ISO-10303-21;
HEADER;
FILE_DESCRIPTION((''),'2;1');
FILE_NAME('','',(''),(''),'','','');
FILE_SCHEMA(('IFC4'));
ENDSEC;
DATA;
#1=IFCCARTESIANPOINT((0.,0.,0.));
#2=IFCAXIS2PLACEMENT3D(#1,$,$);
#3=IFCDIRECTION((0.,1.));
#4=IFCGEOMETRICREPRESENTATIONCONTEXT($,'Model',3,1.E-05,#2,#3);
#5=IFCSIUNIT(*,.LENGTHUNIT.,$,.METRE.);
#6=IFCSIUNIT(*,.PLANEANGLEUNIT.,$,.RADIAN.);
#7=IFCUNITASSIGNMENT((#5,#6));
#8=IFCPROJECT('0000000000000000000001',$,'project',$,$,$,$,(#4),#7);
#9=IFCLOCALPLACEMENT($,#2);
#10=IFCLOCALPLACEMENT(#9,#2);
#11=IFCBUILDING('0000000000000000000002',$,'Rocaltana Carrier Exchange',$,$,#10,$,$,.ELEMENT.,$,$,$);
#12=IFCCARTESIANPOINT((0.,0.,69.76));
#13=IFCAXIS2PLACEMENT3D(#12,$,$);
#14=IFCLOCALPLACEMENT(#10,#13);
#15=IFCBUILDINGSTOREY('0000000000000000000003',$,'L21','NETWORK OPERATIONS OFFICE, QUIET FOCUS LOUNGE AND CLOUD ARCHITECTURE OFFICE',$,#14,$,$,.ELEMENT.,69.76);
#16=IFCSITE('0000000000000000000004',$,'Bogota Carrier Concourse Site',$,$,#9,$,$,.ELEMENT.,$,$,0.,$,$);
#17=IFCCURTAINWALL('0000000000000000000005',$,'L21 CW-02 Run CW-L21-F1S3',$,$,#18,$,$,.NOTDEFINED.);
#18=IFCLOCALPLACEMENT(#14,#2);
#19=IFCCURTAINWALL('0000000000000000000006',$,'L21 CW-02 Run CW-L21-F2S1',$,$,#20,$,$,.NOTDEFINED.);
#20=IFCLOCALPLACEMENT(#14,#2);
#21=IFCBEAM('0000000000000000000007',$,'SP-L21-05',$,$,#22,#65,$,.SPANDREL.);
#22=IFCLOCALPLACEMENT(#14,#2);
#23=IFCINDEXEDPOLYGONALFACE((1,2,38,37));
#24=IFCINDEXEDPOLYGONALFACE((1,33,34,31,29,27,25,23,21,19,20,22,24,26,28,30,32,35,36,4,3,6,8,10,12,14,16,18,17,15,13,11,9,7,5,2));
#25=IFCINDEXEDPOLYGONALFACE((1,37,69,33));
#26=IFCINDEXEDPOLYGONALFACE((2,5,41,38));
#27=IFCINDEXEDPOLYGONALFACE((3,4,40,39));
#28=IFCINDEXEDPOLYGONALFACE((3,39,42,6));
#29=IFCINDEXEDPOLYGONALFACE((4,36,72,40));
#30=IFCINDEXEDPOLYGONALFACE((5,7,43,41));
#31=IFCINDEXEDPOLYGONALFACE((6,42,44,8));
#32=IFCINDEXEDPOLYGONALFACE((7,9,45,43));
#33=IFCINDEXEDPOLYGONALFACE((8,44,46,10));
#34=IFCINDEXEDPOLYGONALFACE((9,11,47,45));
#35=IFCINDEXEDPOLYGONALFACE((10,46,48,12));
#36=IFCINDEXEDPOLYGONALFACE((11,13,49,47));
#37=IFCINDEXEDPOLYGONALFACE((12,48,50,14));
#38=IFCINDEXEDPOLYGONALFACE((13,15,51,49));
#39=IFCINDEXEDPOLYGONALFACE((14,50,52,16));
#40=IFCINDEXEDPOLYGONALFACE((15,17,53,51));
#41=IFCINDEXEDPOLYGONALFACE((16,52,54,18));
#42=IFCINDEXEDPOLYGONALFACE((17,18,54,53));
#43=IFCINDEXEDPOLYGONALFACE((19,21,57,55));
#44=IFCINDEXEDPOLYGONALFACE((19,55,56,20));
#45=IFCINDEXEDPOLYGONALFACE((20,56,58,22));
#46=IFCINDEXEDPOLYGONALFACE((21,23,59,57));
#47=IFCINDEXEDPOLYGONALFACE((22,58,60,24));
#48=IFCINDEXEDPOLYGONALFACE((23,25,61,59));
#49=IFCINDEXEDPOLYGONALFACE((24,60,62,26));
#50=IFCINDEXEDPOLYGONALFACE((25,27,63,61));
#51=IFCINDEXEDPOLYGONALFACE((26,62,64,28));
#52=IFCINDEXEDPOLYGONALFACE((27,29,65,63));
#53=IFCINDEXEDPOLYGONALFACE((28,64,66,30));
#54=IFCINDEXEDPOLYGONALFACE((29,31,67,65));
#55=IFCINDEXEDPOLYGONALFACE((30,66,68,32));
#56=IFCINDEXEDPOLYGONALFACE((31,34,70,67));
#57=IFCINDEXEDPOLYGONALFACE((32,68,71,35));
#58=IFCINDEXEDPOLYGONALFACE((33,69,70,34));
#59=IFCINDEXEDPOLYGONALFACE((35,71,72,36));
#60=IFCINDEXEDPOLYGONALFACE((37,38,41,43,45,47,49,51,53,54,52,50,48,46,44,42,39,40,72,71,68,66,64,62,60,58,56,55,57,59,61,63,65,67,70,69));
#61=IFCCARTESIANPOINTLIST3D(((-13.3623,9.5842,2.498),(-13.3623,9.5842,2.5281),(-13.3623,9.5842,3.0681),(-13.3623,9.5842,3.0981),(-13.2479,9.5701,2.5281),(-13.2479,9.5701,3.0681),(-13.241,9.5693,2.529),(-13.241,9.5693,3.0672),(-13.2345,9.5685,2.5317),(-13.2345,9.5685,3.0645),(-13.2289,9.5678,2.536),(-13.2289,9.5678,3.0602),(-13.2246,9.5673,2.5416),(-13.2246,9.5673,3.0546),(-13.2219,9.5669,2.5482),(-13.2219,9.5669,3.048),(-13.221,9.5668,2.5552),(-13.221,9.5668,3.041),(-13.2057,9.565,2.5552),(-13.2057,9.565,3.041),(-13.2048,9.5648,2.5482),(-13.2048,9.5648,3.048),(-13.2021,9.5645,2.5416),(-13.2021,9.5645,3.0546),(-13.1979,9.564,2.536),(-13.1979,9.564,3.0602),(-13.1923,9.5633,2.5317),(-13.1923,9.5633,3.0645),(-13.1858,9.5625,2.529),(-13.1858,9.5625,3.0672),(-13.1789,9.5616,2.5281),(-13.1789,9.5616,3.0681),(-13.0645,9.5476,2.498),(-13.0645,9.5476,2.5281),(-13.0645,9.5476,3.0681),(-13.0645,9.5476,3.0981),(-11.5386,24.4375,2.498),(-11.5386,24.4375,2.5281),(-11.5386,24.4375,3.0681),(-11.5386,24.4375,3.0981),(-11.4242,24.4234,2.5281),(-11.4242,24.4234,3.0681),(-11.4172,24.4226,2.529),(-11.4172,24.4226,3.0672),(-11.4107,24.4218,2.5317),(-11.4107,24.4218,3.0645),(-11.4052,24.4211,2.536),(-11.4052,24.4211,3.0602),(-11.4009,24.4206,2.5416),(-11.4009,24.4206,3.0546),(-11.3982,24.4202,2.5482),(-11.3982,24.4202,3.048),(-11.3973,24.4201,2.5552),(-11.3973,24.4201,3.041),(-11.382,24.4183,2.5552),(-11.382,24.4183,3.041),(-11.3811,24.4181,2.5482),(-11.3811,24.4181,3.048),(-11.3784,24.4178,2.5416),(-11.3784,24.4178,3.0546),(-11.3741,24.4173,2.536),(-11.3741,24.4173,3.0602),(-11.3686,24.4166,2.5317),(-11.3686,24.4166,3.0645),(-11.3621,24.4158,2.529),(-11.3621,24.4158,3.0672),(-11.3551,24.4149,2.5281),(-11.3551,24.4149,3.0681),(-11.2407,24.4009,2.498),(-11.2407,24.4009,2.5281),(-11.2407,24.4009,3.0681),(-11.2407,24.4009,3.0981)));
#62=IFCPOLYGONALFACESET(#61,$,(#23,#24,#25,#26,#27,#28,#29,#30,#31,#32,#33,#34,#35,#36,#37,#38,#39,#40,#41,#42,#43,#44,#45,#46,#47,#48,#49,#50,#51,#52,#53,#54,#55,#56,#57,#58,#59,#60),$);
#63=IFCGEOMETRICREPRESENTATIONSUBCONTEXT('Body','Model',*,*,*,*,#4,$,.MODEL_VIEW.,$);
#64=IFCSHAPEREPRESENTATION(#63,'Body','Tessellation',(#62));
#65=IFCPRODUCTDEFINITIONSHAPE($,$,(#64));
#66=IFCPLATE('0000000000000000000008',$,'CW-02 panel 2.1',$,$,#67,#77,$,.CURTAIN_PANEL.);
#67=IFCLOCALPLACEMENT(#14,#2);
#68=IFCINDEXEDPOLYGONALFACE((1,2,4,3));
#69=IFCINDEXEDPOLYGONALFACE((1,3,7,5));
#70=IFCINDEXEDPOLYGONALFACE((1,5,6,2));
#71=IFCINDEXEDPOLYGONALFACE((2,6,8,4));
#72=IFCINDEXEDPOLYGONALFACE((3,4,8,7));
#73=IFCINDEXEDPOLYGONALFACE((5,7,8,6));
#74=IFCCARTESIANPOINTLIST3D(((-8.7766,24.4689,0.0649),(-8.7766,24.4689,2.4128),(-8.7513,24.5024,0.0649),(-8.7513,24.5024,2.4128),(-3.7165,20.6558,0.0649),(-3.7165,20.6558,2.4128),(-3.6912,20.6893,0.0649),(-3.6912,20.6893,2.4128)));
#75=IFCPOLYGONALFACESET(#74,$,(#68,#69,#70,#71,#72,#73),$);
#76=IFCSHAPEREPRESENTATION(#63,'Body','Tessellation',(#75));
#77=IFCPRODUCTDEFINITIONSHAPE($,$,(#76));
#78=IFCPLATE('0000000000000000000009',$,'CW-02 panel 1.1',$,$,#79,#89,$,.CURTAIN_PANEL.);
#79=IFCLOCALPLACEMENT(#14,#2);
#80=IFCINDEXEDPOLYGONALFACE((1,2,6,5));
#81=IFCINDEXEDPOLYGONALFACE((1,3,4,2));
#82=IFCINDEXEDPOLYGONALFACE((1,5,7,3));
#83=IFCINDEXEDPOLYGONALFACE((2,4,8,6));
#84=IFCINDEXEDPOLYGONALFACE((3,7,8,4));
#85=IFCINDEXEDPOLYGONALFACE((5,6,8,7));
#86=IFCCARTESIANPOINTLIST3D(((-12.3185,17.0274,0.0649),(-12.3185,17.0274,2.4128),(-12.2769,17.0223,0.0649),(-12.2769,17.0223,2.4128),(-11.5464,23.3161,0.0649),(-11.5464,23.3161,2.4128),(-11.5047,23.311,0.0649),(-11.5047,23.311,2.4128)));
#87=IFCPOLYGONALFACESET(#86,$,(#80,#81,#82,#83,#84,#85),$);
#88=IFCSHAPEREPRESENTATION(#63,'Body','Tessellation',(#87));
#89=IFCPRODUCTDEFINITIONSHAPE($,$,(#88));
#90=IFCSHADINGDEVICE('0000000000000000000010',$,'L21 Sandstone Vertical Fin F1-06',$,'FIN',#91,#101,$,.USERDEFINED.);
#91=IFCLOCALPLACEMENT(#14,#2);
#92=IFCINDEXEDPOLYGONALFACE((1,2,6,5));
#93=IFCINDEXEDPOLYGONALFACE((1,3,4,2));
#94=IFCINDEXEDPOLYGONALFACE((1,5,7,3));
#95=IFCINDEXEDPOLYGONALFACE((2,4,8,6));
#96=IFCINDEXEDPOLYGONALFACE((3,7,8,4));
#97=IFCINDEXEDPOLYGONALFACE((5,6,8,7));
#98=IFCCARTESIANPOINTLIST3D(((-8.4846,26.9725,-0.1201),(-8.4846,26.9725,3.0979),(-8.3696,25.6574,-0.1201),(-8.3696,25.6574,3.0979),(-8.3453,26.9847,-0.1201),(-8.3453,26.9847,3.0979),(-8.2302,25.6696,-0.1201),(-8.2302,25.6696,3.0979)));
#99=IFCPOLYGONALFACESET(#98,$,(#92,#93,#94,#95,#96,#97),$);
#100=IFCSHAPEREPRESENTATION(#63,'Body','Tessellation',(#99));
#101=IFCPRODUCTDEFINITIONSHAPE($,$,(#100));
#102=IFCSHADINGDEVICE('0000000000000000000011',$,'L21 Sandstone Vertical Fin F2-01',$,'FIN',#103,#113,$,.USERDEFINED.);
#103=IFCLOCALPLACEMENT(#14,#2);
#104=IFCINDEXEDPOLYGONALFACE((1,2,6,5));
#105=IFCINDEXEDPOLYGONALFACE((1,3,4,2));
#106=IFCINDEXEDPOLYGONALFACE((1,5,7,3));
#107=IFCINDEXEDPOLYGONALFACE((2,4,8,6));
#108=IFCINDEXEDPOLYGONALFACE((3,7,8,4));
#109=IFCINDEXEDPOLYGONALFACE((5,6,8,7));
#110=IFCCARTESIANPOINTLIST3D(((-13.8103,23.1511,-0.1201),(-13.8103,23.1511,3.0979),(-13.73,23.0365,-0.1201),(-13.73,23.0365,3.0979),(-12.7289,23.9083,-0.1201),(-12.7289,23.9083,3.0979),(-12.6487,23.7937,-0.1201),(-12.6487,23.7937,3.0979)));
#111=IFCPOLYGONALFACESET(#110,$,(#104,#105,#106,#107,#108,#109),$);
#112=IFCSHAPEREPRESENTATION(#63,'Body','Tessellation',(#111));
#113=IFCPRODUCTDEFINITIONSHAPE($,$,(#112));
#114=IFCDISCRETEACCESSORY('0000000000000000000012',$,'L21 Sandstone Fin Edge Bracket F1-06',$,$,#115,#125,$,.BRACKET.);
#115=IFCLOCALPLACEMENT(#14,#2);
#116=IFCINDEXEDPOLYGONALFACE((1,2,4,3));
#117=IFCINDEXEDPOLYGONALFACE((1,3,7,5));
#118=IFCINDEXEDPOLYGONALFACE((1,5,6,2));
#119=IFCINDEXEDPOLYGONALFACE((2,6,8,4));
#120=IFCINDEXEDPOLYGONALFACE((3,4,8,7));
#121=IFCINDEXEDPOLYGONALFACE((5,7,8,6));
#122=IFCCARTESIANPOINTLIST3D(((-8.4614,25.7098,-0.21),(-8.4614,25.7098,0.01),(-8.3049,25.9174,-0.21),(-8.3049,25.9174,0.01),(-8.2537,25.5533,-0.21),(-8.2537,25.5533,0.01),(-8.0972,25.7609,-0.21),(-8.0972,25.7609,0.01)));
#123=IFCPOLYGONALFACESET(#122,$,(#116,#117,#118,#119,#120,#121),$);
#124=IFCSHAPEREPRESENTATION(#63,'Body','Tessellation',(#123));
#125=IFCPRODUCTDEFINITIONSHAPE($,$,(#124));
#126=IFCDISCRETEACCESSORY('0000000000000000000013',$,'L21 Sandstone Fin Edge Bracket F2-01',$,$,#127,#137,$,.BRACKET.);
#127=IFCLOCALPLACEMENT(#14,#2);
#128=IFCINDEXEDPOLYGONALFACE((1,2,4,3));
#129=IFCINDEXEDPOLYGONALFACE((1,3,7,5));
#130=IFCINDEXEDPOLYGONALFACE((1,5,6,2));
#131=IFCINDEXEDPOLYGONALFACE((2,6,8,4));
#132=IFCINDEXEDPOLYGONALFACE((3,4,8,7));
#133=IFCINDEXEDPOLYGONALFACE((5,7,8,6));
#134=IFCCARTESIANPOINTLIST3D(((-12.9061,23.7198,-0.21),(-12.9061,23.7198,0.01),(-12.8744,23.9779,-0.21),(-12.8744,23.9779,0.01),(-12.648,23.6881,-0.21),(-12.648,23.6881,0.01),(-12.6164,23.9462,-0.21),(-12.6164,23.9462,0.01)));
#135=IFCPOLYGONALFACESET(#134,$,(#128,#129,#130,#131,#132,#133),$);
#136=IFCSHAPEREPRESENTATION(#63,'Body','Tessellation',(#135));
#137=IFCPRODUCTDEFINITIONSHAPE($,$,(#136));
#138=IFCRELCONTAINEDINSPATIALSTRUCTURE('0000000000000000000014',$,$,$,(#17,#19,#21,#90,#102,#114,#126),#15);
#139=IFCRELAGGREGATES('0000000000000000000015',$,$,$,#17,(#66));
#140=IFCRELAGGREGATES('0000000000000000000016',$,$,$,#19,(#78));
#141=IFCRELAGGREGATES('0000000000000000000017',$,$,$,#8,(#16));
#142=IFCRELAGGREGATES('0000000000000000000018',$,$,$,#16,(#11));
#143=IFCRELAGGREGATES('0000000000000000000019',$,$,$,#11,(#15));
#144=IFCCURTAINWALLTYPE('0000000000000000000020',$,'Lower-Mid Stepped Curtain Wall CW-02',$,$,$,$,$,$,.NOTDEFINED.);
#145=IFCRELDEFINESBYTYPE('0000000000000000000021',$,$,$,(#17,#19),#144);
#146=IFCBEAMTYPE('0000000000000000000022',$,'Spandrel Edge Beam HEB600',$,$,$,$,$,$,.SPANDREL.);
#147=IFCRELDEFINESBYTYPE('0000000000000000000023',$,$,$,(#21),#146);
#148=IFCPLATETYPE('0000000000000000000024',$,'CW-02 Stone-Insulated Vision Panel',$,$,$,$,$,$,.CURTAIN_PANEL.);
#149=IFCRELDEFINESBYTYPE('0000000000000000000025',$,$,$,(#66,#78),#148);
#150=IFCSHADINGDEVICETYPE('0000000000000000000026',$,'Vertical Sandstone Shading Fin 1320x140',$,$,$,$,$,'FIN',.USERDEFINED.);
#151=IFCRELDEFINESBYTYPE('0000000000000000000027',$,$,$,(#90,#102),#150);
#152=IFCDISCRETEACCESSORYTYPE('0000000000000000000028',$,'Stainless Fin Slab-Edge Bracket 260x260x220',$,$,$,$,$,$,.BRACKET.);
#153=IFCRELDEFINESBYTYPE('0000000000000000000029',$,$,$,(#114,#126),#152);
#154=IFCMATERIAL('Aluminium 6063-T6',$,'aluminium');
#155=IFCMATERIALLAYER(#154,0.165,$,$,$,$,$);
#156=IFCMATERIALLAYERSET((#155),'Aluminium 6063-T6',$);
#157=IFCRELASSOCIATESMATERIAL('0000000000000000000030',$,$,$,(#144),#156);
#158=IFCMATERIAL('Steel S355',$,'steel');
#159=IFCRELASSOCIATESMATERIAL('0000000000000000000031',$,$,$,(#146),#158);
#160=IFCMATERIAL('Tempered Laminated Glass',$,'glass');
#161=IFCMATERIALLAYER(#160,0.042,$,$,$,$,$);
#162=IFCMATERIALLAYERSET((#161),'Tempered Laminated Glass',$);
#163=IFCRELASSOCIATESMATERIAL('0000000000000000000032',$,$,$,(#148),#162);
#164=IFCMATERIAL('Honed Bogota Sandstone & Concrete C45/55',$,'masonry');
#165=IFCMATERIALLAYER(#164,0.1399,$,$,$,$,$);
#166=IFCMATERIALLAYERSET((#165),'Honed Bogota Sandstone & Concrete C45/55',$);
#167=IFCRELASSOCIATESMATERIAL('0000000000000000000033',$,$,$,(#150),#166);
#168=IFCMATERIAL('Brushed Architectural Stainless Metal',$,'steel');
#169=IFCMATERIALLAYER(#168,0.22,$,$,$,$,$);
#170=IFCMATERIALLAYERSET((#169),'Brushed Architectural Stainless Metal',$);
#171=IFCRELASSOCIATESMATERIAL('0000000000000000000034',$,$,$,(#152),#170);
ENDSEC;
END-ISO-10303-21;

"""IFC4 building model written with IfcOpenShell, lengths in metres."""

from ifc_helpers import new_model, si_unit, direction, frame, origin, origin_2d, place, context, subcontext, project, spatial, rectangle, i_section, extrude, material, layer, layer_set, material_profile, profile_set, type_object, element, aggregate, save


model = new_model("IFC4")

# Units and contexts
model_context = context("Model", 3, precision=1e-05, world=origin(), true_north=direction((0.0, 1.0)))
body_context = subcontext(model_context, "Body", "Model", "MODEL_VIEW")
ifc_project = project(units=[si_unit("LENGTHUNIT", "METRE"), si_unit("PLANEANGLEUNIT", "RADIAN")], contexts=[model_context])

# Site, building, storey
site_placement = place(None, origin())
site = spatial("IfcSite", under=ifc_project, at=site_placement, Name="Bogota Carrier Concourse Site", CompositionType="ELEMENT", RefElevation=0.0)
building_placement = place(site_placement, origin())
building = spatial("IfcBuilding", under=site, at=building_placement, Name="Rocaltana Carrier Exchange", CompositionType="ELEMENT")
storey_placement = place(building_placement, frame((0.0, 0.0, 69.76)))
storey = spatial("IfcBuildingStorey", under=building, at=storey_placement, Name="L21", Description="NETWORK OPERATIONS OFFICE, QUIET FOCUS LOUNGE AND CLOUD ARCHITECTURE OFFICE", CompositionType="ELEMENT", Elevation=69.76)

# Curtain wall
ifc_material_1 = material(Name="Aluminium 6063-T6", Category="aluminium")
ifc_layer_1 = layer(ifc_material_1, 0.165)
ifc_layer_set_1 = layer_set([ifc_layer_1], Name="Aluminium 6063-T6")
curtain_wall_type = type_object("IfcCurtainWallType", Name="Lower-Mid Stepped Curtain Wall CW-02", PredefinedType="NOTDEFINED", material=ifc_layer_set_1)
curtain_wall_1_placement = place(storey_placement, origin())
curtain_wall_1 = element("IfcCurtainWall", 1, at=curtain_wall_1_placement, inside=storey, type_object=curtain_wall_type, Name="L21 CW-02 Run CW-L21-F1S3", PredefinedType="NOTDEFINED")

# Curtain wall
curtain_wall_2_placement = place(storey_placement, origin())
curtain_wall_2 = element("IfcCurtainWall", 2, at=curtain_wall_2_placement, inside=storey, type_object=curtain_wall_type, Name="L21 CW-02 Run CW-L21-F2S1", PredefinedType="NOTDEFINED")

# Beam
ifc_material_2 = material(Name="Steel S355", Category="steel")
ifc_material_profile_1 = material_profile(ifc_material_2, i_section(OverallWidth=0.3, OverallDepth=0.6001, WebThickness=0.0154, FlangeThickness=0.03, FilletRadius=0.0271, at=origin_2d()), Name="HEB600")
ifc_profile_set_1 = profile_set([ifc_material_profile_1], Name="Steel S355")
beam_type_1 = type_object("IfcBeamType", Name="Spandrel Edge Beam HEB600", PredefinedType="SPANDREL", material=ifc_profile_set_1)
beam_1_placement = place(storey_placement, frame((-11.3896, 24.4192, 2.7981), z_axis=(-0.121868, -0.992546, 0.0), x_axis=(0.992546, -0.121868, 0.0)))
element("IfcBeam", 3, at=beam_1_placement, inside=storey, type_object=beam_type_1, Name="SP-L21-05", PredefinedType="SPANDREL", context=body_context, shape_type="SweptSolid", body=[
    extrude(i_section(OverallWidth=0.3, OverallDepth=0.6001, WebThickness=0.0154, FlangeThickness=0.03, FilletRadius=0.0271, at=origin_2d()), origin(), (0.0, 0.0, 1.0), 14.9648),
])

# Plates
ifc_material_3 = material(Name="Tempered Laminated Glass", Category="glass")
ifc_layer_2 = layer(ifc_material_3, 0.042)
ifc_layer_set_2 = layer_set([ifc_layer_2], Name="Tempered Laminated Glass")
plate_type = type_object("IfcPlateType", Name="CW-02 Stone-Insulated Vision Panel", PredefinedType="CURTAIN_PANEL", material=ifc_layer_set_2)
plate_1_placement = place(storey_placement, frame((-6.2339, 22.5791, 0.0649), z_axis=(0.0, 0.0, 1.0), x_axis=(-0.798638, 0.601812, 0.0)))
plate_1 = element("IfcPlate", 4, at=plate_1_placement, type_object=plate_type, Name="CW-02 panel 2.1", PredefinedType="CURTAIN_PANEL", context=body_context, shape_type="SweptSolid", body=[
    extrude(rectangle(XDim=6.3359, YDim=0.042, at=origin_2d()), origin(), (0.0, 0.0, 1.0), 2.3479),
])
aggregate(curtain_wall_1, [plate_1])
plate_2_placement = place(storey_placement, frame((-11.9116, 20.1692, 0.0649), z_axis=(0.0, 0.0, 1.0), x_axis=(-0.121873, -0.992546, 0.0)))
plate_2 = element("IfcPlate", 5, at=plate_2_placement, type_object=plate_type, Name="CW-02 panel 1.1", PredefinedType="CURTAIN_PANEL", context=body_context, shape_type="SweptSolid", body=[
    extrude(rectangle(XDim=6.3359, YDim=0.042, at=origin_2d()), origin(), (0.0, 0.0, 1.0), 2.3479),
])
aggregate(curtain_wall_2, [plate_2])

# Shading devices
ifc_material_4 = material(Name="Honed Bogota Sandstone & Concrete C45/55", Category="masonry")
ifc_layer_3 = layer(ifc_material_4, 0.1399)
ifc_layer_set_3 = layer_set([ifc_layer_3], Name="Honed Bogota Sandstone & Concrete C45/55")
shading_device_type = type_object("IfcShadingDeviceType", Name="Vertical Sandstone Shading Fin 1320x140", ElementType="FIN", PredefinedType="USERDEFINED", material=ifc_layer_set_3)
for number, where, z_axis, x_axis, name in (
    (6, (-8.3574, 26.321, -0.1201), (0.0, 0.0, 1.0), (-0.087156, 0.996195, 0.0), "L21 Sandstone Vertical Fin F1-06"),
    (7, (-13.2295, 23.4724, -0.1201), (0.0, 0.0, 1.0), (-0.819152, -0.573576, 0.0), "L21 Sandstone Vertical Fin F2-01"),
):
    element("IfcShadingDevice", number, at=place(storey_placement, frame(where, z_axis=z_axis, x_axis=x_axis)), inside=storey, type_object=shading_device_type, Name=name, ObjectType="FIN", PredefinedType="USERDEFINED", context=body_context, shape_type="SweptSolid", body=[
        extrude(rectangle(XDim=1.3201, YDim=0.1399, at=origin_2d()), origin(), (0.0, 0.0, 1.0), 3.218),
    ])

# Discrete accessories
ifc_material_5 = material(Name="Brushed Architectural Stainless Metal", Category="steel")
ifc_layer_4 = layer(ifc_material_5, 0.22)
ifc_layer_set_4 = layer_set([ifc_layer_4], Name="Brushed Architectural Stainless Metal")
discrete_accessory_type = type_object("IfcDiscreteAccessoryType", Name="Stainless Fin Slab-Edge Bracket 260x260x220", PredefinedType="BRACKET", material=ifc_layer_set_4)
for number, where, z_axis, x_axis, name in (
    (8, (-8.2793, 25.7354, -0.21), (0.0, 0.0, 1.0), (-0.798636, 0.601815, 0.0), "L21 Sandstone Fin Edge Bracket F1-06"),
    (9, (-12.7612, 23.833, -0.21), (0.0, 0.0, 1.0), (-0.121869, -0.992546, 0.0), "L21 Sandstone Fin Edge Bracket F2-01"),
):
    element("IfcDiscreteAccessory", number, at=place(storey_placement, frame(where, z_axis=z_axis, x_axis=x_axis)), inside=storey, type_object=discrete_accessory_type, Name=name, PredefinedType="BRACKET", context=body_context, shape_type="SweptSolid", body=[
        extrude(rectangle(XDim=0.26, YDim=0.26, at=origin_2d()), origin(), (0.0, 0.0, 1.0), 0.22),
    ])

save(model, "model.ifc")
